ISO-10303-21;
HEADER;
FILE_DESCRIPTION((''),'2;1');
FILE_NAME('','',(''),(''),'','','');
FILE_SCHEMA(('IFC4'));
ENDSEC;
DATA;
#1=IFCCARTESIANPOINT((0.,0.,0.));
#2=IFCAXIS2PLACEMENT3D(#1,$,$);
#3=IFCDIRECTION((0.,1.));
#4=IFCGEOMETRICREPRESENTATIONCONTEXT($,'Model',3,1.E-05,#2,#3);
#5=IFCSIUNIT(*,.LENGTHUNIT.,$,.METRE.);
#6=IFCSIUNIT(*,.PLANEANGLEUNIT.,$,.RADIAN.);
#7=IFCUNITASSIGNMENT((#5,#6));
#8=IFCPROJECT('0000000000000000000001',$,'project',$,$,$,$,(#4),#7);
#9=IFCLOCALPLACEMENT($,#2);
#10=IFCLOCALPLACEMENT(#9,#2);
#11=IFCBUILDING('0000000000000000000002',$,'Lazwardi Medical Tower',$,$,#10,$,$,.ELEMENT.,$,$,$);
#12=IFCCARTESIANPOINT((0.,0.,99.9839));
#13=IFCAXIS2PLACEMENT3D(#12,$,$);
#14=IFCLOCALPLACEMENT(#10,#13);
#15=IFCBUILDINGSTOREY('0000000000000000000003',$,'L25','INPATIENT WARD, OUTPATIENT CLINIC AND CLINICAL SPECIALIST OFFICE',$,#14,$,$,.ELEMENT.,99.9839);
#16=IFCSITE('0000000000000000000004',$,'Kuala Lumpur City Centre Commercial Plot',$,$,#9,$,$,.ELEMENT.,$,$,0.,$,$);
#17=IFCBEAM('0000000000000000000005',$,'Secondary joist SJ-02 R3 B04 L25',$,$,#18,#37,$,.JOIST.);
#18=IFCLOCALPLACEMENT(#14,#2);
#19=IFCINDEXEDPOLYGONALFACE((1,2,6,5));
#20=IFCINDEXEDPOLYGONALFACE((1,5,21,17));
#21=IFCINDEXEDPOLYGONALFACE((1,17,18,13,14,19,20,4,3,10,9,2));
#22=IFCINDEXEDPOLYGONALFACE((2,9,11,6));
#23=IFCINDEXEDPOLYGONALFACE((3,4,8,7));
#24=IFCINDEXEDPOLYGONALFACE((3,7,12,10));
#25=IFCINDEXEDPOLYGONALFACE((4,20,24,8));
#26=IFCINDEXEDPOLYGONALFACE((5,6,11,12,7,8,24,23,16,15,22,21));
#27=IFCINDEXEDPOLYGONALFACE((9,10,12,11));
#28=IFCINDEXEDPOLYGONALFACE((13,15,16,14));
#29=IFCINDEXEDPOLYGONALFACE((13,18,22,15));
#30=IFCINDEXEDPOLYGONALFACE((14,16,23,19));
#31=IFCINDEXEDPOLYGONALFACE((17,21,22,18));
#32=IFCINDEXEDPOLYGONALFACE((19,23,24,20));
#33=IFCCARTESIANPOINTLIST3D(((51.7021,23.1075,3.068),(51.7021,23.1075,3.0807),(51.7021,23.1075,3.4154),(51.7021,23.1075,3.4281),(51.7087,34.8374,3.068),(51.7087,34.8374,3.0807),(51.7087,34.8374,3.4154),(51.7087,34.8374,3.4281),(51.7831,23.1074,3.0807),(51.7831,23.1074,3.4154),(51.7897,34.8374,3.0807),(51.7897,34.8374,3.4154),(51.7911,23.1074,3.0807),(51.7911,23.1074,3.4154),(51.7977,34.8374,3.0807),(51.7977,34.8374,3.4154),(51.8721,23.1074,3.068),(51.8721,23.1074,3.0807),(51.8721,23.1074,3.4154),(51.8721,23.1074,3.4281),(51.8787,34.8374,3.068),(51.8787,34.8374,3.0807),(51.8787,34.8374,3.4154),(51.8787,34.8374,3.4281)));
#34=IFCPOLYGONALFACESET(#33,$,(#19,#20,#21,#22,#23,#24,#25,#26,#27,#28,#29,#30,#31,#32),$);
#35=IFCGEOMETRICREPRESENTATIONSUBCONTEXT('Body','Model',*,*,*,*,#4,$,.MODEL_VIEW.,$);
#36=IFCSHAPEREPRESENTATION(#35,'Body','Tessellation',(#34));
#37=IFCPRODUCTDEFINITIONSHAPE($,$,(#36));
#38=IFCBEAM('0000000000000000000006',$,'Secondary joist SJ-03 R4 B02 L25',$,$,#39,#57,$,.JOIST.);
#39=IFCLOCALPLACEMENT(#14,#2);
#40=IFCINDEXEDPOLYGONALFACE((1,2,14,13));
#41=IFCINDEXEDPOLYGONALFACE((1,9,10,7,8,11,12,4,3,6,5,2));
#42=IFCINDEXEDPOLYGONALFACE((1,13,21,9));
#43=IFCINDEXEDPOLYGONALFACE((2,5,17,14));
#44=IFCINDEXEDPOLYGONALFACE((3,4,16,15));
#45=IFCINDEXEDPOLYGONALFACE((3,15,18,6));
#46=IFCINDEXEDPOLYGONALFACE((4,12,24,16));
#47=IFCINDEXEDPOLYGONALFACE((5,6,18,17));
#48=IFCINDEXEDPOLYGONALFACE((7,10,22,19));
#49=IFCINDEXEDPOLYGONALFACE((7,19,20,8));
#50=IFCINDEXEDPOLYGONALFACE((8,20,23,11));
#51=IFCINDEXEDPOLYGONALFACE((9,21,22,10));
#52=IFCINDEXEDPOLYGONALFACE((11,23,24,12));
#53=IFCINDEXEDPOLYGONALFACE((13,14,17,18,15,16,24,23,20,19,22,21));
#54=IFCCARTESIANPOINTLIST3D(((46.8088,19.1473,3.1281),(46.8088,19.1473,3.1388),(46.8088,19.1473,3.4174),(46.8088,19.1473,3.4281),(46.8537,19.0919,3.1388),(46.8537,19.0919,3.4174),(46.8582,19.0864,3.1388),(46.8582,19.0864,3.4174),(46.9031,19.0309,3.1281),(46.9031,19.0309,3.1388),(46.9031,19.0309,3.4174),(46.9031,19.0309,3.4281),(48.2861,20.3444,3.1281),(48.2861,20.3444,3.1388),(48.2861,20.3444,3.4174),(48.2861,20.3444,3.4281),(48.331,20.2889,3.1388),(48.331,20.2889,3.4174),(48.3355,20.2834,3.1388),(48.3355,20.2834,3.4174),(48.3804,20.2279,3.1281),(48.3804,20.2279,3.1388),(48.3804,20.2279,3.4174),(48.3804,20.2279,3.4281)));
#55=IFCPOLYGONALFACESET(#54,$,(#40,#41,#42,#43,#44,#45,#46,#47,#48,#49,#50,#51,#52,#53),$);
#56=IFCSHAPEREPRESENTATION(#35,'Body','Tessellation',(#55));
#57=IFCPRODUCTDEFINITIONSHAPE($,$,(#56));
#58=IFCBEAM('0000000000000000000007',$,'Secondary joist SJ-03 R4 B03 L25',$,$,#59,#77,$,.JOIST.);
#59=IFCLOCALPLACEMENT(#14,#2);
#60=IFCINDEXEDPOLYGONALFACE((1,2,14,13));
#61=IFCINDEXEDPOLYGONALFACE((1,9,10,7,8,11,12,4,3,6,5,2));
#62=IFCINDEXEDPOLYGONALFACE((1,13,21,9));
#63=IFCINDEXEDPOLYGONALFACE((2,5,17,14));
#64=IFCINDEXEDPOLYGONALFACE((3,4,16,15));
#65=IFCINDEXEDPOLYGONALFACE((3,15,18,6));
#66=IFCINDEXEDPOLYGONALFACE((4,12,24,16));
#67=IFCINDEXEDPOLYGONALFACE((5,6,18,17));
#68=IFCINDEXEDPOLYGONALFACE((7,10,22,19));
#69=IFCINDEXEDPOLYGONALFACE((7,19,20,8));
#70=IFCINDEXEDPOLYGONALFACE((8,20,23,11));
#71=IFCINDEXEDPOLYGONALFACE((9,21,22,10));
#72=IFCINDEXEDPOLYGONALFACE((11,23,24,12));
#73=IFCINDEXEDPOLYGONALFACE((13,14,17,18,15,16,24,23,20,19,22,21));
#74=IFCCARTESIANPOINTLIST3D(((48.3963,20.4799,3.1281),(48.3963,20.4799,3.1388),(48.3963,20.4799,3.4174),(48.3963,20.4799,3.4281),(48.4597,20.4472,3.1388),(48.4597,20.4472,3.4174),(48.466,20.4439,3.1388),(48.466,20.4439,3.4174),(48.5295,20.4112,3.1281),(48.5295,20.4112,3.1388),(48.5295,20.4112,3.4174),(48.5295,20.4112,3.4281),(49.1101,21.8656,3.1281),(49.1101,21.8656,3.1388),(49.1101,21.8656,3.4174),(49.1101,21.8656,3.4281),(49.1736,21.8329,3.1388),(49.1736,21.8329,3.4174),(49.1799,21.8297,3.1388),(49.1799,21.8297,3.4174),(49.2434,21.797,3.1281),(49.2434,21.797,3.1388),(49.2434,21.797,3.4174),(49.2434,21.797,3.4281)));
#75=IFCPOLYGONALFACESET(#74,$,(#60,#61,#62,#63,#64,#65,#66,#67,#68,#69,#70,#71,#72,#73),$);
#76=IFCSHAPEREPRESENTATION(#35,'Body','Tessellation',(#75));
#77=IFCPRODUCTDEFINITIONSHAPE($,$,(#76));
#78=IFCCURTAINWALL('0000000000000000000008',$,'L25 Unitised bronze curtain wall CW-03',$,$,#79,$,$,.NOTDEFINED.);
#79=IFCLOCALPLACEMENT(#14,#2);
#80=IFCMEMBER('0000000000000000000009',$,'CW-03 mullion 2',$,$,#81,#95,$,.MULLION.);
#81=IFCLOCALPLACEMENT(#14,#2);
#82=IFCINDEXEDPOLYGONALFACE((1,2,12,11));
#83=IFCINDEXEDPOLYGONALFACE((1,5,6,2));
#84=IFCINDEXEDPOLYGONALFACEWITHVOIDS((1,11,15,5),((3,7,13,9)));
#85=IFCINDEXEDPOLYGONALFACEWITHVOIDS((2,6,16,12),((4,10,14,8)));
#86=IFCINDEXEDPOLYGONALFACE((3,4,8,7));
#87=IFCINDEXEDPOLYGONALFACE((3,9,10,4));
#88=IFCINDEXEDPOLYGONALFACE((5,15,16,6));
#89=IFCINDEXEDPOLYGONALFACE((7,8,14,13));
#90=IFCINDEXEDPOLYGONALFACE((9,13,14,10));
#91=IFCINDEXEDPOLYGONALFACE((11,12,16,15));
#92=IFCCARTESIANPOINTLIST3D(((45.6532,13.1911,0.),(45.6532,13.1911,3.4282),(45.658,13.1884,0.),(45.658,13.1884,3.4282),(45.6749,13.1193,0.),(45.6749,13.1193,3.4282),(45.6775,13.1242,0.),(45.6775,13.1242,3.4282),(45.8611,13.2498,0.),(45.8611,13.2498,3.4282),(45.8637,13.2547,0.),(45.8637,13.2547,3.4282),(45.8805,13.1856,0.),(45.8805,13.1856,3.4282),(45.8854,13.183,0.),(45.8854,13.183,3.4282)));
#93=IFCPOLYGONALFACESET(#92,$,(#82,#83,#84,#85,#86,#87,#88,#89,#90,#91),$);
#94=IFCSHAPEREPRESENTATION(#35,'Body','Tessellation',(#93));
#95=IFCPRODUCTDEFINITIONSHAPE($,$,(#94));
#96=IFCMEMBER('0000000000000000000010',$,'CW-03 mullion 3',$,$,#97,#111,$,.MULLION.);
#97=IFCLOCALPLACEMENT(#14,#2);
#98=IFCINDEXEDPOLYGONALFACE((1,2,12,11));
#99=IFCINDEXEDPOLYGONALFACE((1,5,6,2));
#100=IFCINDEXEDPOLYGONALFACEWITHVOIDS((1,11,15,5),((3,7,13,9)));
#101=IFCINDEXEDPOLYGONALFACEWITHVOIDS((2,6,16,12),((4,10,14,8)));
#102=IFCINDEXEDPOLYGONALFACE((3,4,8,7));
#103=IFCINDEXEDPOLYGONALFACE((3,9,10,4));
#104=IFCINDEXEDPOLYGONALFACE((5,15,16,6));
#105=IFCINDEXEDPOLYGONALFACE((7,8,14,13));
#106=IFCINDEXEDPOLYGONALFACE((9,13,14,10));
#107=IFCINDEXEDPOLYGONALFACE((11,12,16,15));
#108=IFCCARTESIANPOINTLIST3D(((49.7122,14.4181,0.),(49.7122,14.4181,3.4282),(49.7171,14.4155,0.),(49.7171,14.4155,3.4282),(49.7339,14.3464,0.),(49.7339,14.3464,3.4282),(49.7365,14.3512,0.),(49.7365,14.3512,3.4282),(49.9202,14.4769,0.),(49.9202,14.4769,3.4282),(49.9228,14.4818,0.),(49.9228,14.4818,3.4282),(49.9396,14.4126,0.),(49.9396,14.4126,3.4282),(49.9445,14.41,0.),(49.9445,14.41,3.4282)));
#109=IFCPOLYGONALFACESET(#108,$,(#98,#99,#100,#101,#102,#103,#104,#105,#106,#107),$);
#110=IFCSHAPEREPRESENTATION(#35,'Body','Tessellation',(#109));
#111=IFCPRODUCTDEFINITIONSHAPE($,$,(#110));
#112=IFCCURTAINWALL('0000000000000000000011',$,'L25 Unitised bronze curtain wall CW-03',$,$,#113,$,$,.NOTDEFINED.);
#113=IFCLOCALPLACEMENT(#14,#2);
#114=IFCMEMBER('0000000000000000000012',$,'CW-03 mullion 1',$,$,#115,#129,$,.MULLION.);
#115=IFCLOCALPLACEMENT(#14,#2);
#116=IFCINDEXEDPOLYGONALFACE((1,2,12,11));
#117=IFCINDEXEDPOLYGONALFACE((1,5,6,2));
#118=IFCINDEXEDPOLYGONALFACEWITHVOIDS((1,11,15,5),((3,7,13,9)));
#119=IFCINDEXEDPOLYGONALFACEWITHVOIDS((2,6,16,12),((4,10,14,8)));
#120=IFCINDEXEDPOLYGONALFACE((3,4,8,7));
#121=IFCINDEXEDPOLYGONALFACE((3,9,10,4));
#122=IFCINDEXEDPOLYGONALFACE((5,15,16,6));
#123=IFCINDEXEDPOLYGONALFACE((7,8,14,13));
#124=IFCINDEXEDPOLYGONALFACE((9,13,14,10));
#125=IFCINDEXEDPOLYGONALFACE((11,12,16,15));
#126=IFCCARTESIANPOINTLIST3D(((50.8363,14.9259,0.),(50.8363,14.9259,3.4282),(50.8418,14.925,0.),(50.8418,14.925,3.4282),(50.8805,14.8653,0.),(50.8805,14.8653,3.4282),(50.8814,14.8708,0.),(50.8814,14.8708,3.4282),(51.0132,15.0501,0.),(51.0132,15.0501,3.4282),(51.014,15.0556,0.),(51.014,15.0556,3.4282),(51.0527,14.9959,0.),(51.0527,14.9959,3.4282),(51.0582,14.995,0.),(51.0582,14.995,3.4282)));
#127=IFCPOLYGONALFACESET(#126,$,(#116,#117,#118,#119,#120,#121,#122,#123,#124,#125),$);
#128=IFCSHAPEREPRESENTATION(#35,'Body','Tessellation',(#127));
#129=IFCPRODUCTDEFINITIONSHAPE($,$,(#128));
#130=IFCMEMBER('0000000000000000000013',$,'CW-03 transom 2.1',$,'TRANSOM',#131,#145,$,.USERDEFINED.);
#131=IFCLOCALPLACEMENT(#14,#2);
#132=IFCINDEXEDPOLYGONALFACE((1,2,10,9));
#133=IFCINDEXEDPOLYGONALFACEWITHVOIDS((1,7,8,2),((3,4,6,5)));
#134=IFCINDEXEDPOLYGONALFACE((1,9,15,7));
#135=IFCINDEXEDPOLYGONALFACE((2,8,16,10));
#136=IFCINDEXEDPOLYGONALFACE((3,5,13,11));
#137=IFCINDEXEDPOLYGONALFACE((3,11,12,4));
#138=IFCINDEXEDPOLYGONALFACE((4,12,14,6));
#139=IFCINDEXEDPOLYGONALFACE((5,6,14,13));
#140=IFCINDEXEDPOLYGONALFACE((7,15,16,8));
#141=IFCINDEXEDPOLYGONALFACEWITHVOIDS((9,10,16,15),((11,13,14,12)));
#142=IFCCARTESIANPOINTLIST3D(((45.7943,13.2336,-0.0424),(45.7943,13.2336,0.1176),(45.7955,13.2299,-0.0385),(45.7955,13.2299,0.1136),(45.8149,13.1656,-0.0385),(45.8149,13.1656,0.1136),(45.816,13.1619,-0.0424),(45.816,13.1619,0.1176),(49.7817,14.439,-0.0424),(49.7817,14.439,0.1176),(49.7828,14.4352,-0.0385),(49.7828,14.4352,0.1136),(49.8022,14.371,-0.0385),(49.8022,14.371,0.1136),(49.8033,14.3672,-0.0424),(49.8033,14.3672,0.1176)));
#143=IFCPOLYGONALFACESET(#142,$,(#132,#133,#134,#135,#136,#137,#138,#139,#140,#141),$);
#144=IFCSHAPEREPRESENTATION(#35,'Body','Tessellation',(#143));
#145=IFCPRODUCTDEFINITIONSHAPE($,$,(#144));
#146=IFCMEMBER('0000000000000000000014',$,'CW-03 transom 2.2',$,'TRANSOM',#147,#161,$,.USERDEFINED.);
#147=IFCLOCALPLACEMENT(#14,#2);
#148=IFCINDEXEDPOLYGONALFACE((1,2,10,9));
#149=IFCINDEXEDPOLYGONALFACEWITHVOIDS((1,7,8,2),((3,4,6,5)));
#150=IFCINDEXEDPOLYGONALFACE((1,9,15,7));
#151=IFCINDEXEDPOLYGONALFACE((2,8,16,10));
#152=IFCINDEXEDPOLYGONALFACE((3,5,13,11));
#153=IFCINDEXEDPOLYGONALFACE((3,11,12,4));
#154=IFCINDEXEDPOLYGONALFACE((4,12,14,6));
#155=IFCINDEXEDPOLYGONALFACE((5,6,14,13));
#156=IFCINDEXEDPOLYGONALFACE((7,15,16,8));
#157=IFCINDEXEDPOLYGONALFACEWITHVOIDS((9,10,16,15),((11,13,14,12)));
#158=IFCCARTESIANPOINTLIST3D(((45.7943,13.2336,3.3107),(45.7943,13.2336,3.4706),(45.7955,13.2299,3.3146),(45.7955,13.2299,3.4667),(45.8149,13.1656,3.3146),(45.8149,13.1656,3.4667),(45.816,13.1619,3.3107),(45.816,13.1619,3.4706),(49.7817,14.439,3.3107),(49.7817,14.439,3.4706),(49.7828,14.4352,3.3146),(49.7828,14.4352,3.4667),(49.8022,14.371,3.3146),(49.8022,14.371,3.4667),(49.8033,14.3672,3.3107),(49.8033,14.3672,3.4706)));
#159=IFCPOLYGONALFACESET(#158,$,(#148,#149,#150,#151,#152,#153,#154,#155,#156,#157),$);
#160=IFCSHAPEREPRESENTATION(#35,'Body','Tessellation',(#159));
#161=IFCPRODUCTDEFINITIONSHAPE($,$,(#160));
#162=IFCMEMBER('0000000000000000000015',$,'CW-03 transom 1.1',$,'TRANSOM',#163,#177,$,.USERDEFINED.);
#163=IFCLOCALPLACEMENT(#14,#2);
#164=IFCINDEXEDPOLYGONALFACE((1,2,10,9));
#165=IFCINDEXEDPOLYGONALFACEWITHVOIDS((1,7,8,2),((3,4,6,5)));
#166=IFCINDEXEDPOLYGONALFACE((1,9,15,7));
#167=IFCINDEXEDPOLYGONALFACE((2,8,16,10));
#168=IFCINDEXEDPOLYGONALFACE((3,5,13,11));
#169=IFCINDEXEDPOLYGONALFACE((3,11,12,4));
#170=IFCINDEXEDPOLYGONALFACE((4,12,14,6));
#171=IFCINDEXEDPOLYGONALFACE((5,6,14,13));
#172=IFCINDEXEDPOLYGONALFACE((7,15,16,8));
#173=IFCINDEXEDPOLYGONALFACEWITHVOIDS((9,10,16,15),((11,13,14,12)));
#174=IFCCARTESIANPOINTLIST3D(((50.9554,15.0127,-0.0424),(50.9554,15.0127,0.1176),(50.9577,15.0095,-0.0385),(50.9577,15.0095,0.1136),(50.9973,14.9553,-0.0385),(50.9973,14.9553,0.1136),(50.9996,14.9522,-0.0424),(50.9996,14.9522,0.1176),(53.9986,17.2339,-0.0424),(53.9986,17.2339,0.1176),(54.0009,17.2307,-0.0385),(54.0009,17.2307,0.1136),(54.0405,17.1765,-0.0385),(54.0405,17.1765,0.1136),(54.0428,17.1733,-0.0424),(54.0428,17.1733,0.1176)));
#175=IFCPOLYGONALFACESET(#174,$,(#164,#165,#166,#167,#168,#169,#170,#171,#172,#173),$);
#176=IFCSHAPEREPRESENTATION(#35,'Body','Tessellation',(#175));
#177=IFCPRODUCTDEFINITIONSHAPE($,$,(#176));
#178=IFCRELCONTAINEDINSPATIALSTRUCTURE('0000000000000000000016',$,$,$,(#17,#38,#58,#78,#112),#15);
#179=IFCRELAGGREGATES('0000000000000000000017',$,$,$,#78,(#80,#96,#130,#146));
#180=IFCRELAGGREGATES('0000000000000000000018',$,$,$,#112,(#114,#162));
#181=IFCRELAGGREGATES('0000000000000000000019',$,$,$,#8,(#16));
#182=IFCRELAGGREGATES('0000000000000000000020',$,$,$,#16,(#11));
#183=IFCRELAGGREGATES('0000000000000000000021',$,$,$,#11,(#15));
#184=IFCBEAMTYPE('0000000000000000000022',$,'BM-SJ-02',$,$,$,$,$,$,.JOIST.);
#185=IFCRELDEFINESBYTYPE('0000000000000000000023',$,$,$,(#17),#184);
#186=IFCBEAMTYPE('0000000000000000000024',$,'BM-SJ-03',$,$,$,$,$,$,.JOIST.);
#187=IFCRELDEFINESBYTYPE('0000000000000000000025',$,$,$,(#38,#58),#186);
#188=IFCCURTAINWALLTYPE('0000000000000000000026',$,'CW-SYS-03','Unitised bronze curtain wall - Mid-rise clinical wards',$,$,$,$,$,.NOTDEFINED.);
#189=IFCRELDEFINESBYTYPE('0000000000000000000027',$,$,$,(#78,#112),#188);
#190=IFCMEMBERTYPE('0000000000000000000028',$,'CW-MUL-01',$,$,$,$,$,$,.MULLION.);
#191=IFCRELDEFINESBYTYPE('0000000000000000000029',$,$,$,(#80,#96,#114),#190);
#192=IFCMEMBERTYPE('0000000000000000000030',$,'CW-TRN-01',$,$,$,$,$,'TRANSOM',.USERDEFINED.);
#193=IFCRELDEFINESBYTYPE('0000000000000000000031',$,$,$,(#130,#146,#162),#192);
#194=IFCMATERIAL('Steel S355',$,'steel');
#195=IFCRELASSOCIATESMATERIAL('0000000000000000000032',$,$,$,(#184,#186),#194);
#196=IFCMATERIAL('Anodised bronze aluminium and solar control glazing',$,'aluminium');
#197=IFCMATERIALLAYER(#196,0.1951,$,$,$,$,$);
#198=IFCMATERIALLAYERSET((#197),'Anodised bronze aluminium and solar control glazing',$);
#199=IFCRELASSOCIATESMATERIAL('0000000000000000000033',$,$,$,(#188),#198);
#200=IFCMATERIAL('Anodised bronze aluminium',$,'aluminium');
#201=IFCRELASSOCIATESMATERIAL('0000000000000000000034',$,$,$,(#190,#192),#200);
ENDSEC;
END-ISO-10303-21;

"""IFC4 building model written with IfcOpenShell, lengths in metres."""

from ifc_helpers import new_model, si_unit, direction, frame, origin, origin_2d, place, context, subcontext, project, spatial, hollow_rectangle, i_section, extrude, material, layer, layer_set, material_profile, profile_set, type_object, element, aggregate, save


model = new_model("IFC4")

# Units and contexts
model_context = context("Model", 3, precision=1e-05, world=origin(), true_north=direction((0.0, 1.0)))
body_context = subcontext(model_context, "Body", "Model", "MODEL_VIEW")
ifc_project = project(units=[si_unit("LENGTHUNIT", "METRE"), si_unit("PLANEANGLEUNIT", "RADIAN")], contexts=[model_context])

# Site, building, storey
site_placement = place(None, origin())
site = spatial("IfcSite", under=ifc_project, at=site_placement, Name="Kuala Lumpur City Centre Commercial Plot", CompositionType="ELEMENT", RefElevation=0.0)
building_placement = place(site_placement, origin())
building = spatial("IfcBuilding", under=site, at=building_placement, Name="Lazwardi Medical Tower", CompositionType="ELEMENT")
storey_placement = place(building_placement, frame((0.0, 0.0, 99.9839)))
storey = spatial("IfcBuildingStorey", under=building, at=storey_placement, Name="L25", Description="INPATIENT WARD, OUTPATIENT CLINIC AND CLINICAL SPECIALIST OFFICE", CompositionType="ELEMENT", Elevation=99.9839)

# Beams
ifc_material_1 = material(Name="Steel S355", Category="steel")
ifc_material_profile_1 = material_profile(ifc_material_1, i_section(OverallWidth=0.1699, OverallDepth=0.3601, WebThickness=0.0081, FlangeThickness=0.0127, at=origin_2d()), Name="IPE 360")
ifc_profile_set_1 = profile_set([ifc_material_profile_1], Name="Steel S355")
beam_type_1 = type_object("IfcBeamType", Name="BM-SJ-02", PredefinedType="JOIST", material=ifc_profile_set_1)
beam_1_placement = place(storey_placement, frame((51.7871, 23.1074, 3.248), z_axis=(0.000562, 1.0, 0.0), x_axis=(-1.0, 0.000562, 0.0)))
element("IfcBeam", 1, at=beam_1_placement, inside=storey, type_object=beam_type_1, Name="Secondary joist SJ-02 R3 B04 L25", PredefinedType="JOIST", context=body_context, shape_type="SweptSolid", body=[
    extrude(i_section(OverallWidth=0.1699, OverallDepth=0.3601, WebThickness=0.0081, FlangeThickness=0.0127, at=origin_2d()), origin(), (0.0, 0.0, 1.0), 11.73),
])
ifc_material_profile_2 = material_profile(ifc_material_1, i_section(OverallWidth=0.1499, OverallDepth=0.3, WebThickness=0.0071, FlangeThickness=0.0107, at=origin_2d()), Name="IPE 300")
ifc_profile_set_2 = profile_set([ifc_material_profile_2], Name="Steel S355")
beam_type_2 = type_object("IfcBeamType", Name="BM-SJ-03", PredefinedType="JOIST", material=ifc_profile_set_2)
beam_2_placement = place(storey_placement, frame((46.856, 19.0891, 3.2781), z_axis=(0.776958, 0.629553, 0.0), x_axis=(-0.629553, 0.776958, 0.0)))
element("IfcBeam", 2, at=beam_2_placement, inside=storey, type_object=beam_type_2, Name="Secondary joist SJ-03 R4 B02 L25", PredefinedType="JOIST", context=body_context, shape_type="SweptSolid", body=[
    extrude(i_section(OverallWidth=0.1499, OverallDepth=0.3, WebThickness=0.0071, FlangeThickness=0.0107, at=origin_2d()), origin(), (0.0, 0.0, 1.0), 1.9014),
])
beam_3_placement = place(storey_placement, frame((48.4629, 20.4456, 3.2781), z_axis=(0.457957, 0.888975, 0.0), x_axis=(-0.888975, 0.457957, 0.0)))
element("IfcBeam", 3, at=beam_3_placement, inside=storey, type_object=beam_type_2, Name="Secondary joist SJ-03 R4 B03 L25", PredefinedType="JOIST", context=body_context, shape_type="SweptSolid", body=[
    extrude(i_section(OverallWidth=0.1499, OverallDepth=0.3, WebThickness=0.0071, FlangeThickness=0.0107, at=origin_2d()), origin(), (0.0, 0.0, 1.0), 1.5588),
])

# Curtain wall, members
ifc_material_2 = material(Name="Anodised bronze aluminium and solar control glazing", Category="aluminium")
ifc_layer_1 = layer(ifc_material_2, 0.1951)
ifc_layer_set_1 = layer_set([ifc_layer_1], Name="Anodised bronze aluminium and solar control glazing")
curtain_wall_type = type_object("IfcCurtainWallType", Name="CW-SYS-03", Description="Unitised bronze curtain wall - Mid-rise clinical wards", PredefinedType="NOTDEFINED", material=ifc_layer_set_1)
curtain_wall_1_placement = place(storey_placement, origin())
curtain_wall_1 = element("IfcCurtainWall", 4, at=curtain_wall_1_placement, inside=storey, type_object=curtain_wall_type, Name="L25 Unitised bronze curtain wall CW-03", PredefinedType="NOTDEFINED")
ifc_material_3 = material(Name="Anodised bronze aluminium", Category="aluminium")
ifc_material_profile_3 = material_profile(ifc_material_3, hollow_rectangle(XDim=0.075, YDim=0.22, WallThickness=0.0039, at=origin_2d()), Name="ALU-MULLION 220x75x4")
ifc_profile_set_3 = profile_set([ifc_material_profile_3], Name="Anodised bronze aluminium")
member_type_1 = type_object("IfcMemberType", Name="CW-MUL-01", PredefinedType="MULLION", material=ifc_profile_set_3)
member_1_placement = place(storey_placement, frame((45.7693, 13.187, 0.0), z_axis=(0.0, 0.0, 1.0), x_axis=(-0.289374, 0.957216, 0.0)))
member_1 = element("IfcMember", 5, at=member_1_placement, type_object=member_type_1, Name="CW-03 mullion 2", PredefinedType="MULLION", context=body_context, shape_type="SweptSolid", body=[
    extrude(hollow_rectangle(XDim=0.075, YDim=0.22, WallThickness=0.0039, at=origin_2d()), origin(), (0.0, 0.0, 1.0), 3.4282),
])
member_2_placement = place(storey_placement, frame((49.8284, 14.4141, 0.0), z_axis=(0.0, 0.0, 1.0), x_axis=(-0.289374, 0.957216, 0.0)))
member_2 = element("IfcMember", 6, at=member_2_placement, type_object=member_type_1, Name="CW-03 mullion 3", PredefinedType="MULLION", context=body_context, shape_type="SweptSolid", body=[
    extrude(hollow_rectangle(XDim=0.075, YDim=0.22, WallThickness=0.0039, at=origin_2d()), origin(), (0.0, 0.0, 1.0), 3.4282),
])

# Curtain wall, member
curtain_wall_2_placement = place(storey_placement, origin())
curtain_wall_2 = element("IfcCurtainWall", 7, at=curtain_wall_2_placement, inside=storey, type_object=curtain_wall_type, Name="L25 Unitised bronze curtain wall CW-03", PredefinedType="NOTDEFINED")
member_3_placement = place(storey_placement, frame((50.9473, 14.9604, 0.0), z_axis=(0.0, 0.0, 1.0), x_axis=(-0.589531, 0.807746, 0.0)))
member_3 = element("IfcMember", 8, at=member_3_placement, type_object=member_type_1, Name="CW-03 mullion 1", PredefinedType="MULLION", context=body_context, shape_type="SweptSolid", body=[
    extrude(hollow_rectangle(XDim=0.075, YDim=0.22, WallThickness=0.0039, at=origin_2d()), origin(), (0.0, 0.0, 1.0), 3.4282),
])

# Members
ifc_material_profile_4 = material_profile(ifc_material_3, hollow_rectangle(XDim=0.075, YDim=0.1599, WallThickness=0.0039, at=origin_2d()), Name="ALU-TRANSOM 160x75x4")
ifc_profile_set_4 = profile_set([ifc_material_profile_4], Name="Anodised bronze aluminium")
member_type_2 = type_object("IfcMemberType", Name="CW-TRN-01", ElementType="TRANSOM", PredefinedType="USERDEFINED", material=ifc_profile_set_4)
member_4_placement = place(storey_placement, frame((45.8052, 13.1978, 0.0376), z_axis=(0.957221, 0.289358, 0.0), x_axis=(-0.289358, 0.957221, 0.0)))
member_4 = element("IfcMember", 9, at=member_4_placement, type_object=member_type_2, Name="CW-03 transom 2.1", ObjectType="TRANSOM", PredefinedType="USERDEFINED", context=body_context, shape_type="SweptSolid", body=[
    extrude(hollow_rectangle(XDim=0.075, YDim=0.1599, WallThickness=0.0039, at=origin_2d()), origin(), (0.0, 0.0, 1.0), 4.1655),
])
member_5_placement = place(storey_placement, frame((45.8052, 13.1978, 3.3906), z_axis=(0.957221, 0.289358, 0.0), x_axis=(-0.289358, 0.957221, 0.0)))
member_5 = element("IfcMember", 10, at=member_5_placement, type_object=member_type_2, Name="CW-03 transom 2.2", ObjectType="TRANSOM", PredefinedType="USERDEFINED", context=body_context, shape_type="SweptSolid", body=[
    extrude(hollow_rectangle(XDim=0.075, YDim=0.1599, WallThickness=0.0039, at=origin_2d()), origin(), (0.0, 0.0, 1.0), 4.1655),
])
member_6_placement = place(storey_placement, frame((50.9775, 14.9824, 0.0376), z_axis=(0.807732, 0.58955, 0.0), x_axis=(-0.58955, 0.807732, 0.0)))
member_6 = element("IfcMember", 11, at=member_6_placement, type_object=member_type_2, Name="CW-03 transom 1.1", ObjectType="TRANSOM", PredefinedType="USERDEFINED", context=body_context, shape_type="SweptSolid", body=[
    extrude(hollow_rectangle(XDim=0.075, YDim=0.1599, WallThickness=0.0039, at=origin_2d()), origin(), (0.0, 0.0, 1.0), 3.7676),
])

aggregate(curtain_wall_1, [member_1, member_2, member_4, member_5])
aggregate(curtain_wall_2, [member_3, member_6])

save(model, "model.ifc")
